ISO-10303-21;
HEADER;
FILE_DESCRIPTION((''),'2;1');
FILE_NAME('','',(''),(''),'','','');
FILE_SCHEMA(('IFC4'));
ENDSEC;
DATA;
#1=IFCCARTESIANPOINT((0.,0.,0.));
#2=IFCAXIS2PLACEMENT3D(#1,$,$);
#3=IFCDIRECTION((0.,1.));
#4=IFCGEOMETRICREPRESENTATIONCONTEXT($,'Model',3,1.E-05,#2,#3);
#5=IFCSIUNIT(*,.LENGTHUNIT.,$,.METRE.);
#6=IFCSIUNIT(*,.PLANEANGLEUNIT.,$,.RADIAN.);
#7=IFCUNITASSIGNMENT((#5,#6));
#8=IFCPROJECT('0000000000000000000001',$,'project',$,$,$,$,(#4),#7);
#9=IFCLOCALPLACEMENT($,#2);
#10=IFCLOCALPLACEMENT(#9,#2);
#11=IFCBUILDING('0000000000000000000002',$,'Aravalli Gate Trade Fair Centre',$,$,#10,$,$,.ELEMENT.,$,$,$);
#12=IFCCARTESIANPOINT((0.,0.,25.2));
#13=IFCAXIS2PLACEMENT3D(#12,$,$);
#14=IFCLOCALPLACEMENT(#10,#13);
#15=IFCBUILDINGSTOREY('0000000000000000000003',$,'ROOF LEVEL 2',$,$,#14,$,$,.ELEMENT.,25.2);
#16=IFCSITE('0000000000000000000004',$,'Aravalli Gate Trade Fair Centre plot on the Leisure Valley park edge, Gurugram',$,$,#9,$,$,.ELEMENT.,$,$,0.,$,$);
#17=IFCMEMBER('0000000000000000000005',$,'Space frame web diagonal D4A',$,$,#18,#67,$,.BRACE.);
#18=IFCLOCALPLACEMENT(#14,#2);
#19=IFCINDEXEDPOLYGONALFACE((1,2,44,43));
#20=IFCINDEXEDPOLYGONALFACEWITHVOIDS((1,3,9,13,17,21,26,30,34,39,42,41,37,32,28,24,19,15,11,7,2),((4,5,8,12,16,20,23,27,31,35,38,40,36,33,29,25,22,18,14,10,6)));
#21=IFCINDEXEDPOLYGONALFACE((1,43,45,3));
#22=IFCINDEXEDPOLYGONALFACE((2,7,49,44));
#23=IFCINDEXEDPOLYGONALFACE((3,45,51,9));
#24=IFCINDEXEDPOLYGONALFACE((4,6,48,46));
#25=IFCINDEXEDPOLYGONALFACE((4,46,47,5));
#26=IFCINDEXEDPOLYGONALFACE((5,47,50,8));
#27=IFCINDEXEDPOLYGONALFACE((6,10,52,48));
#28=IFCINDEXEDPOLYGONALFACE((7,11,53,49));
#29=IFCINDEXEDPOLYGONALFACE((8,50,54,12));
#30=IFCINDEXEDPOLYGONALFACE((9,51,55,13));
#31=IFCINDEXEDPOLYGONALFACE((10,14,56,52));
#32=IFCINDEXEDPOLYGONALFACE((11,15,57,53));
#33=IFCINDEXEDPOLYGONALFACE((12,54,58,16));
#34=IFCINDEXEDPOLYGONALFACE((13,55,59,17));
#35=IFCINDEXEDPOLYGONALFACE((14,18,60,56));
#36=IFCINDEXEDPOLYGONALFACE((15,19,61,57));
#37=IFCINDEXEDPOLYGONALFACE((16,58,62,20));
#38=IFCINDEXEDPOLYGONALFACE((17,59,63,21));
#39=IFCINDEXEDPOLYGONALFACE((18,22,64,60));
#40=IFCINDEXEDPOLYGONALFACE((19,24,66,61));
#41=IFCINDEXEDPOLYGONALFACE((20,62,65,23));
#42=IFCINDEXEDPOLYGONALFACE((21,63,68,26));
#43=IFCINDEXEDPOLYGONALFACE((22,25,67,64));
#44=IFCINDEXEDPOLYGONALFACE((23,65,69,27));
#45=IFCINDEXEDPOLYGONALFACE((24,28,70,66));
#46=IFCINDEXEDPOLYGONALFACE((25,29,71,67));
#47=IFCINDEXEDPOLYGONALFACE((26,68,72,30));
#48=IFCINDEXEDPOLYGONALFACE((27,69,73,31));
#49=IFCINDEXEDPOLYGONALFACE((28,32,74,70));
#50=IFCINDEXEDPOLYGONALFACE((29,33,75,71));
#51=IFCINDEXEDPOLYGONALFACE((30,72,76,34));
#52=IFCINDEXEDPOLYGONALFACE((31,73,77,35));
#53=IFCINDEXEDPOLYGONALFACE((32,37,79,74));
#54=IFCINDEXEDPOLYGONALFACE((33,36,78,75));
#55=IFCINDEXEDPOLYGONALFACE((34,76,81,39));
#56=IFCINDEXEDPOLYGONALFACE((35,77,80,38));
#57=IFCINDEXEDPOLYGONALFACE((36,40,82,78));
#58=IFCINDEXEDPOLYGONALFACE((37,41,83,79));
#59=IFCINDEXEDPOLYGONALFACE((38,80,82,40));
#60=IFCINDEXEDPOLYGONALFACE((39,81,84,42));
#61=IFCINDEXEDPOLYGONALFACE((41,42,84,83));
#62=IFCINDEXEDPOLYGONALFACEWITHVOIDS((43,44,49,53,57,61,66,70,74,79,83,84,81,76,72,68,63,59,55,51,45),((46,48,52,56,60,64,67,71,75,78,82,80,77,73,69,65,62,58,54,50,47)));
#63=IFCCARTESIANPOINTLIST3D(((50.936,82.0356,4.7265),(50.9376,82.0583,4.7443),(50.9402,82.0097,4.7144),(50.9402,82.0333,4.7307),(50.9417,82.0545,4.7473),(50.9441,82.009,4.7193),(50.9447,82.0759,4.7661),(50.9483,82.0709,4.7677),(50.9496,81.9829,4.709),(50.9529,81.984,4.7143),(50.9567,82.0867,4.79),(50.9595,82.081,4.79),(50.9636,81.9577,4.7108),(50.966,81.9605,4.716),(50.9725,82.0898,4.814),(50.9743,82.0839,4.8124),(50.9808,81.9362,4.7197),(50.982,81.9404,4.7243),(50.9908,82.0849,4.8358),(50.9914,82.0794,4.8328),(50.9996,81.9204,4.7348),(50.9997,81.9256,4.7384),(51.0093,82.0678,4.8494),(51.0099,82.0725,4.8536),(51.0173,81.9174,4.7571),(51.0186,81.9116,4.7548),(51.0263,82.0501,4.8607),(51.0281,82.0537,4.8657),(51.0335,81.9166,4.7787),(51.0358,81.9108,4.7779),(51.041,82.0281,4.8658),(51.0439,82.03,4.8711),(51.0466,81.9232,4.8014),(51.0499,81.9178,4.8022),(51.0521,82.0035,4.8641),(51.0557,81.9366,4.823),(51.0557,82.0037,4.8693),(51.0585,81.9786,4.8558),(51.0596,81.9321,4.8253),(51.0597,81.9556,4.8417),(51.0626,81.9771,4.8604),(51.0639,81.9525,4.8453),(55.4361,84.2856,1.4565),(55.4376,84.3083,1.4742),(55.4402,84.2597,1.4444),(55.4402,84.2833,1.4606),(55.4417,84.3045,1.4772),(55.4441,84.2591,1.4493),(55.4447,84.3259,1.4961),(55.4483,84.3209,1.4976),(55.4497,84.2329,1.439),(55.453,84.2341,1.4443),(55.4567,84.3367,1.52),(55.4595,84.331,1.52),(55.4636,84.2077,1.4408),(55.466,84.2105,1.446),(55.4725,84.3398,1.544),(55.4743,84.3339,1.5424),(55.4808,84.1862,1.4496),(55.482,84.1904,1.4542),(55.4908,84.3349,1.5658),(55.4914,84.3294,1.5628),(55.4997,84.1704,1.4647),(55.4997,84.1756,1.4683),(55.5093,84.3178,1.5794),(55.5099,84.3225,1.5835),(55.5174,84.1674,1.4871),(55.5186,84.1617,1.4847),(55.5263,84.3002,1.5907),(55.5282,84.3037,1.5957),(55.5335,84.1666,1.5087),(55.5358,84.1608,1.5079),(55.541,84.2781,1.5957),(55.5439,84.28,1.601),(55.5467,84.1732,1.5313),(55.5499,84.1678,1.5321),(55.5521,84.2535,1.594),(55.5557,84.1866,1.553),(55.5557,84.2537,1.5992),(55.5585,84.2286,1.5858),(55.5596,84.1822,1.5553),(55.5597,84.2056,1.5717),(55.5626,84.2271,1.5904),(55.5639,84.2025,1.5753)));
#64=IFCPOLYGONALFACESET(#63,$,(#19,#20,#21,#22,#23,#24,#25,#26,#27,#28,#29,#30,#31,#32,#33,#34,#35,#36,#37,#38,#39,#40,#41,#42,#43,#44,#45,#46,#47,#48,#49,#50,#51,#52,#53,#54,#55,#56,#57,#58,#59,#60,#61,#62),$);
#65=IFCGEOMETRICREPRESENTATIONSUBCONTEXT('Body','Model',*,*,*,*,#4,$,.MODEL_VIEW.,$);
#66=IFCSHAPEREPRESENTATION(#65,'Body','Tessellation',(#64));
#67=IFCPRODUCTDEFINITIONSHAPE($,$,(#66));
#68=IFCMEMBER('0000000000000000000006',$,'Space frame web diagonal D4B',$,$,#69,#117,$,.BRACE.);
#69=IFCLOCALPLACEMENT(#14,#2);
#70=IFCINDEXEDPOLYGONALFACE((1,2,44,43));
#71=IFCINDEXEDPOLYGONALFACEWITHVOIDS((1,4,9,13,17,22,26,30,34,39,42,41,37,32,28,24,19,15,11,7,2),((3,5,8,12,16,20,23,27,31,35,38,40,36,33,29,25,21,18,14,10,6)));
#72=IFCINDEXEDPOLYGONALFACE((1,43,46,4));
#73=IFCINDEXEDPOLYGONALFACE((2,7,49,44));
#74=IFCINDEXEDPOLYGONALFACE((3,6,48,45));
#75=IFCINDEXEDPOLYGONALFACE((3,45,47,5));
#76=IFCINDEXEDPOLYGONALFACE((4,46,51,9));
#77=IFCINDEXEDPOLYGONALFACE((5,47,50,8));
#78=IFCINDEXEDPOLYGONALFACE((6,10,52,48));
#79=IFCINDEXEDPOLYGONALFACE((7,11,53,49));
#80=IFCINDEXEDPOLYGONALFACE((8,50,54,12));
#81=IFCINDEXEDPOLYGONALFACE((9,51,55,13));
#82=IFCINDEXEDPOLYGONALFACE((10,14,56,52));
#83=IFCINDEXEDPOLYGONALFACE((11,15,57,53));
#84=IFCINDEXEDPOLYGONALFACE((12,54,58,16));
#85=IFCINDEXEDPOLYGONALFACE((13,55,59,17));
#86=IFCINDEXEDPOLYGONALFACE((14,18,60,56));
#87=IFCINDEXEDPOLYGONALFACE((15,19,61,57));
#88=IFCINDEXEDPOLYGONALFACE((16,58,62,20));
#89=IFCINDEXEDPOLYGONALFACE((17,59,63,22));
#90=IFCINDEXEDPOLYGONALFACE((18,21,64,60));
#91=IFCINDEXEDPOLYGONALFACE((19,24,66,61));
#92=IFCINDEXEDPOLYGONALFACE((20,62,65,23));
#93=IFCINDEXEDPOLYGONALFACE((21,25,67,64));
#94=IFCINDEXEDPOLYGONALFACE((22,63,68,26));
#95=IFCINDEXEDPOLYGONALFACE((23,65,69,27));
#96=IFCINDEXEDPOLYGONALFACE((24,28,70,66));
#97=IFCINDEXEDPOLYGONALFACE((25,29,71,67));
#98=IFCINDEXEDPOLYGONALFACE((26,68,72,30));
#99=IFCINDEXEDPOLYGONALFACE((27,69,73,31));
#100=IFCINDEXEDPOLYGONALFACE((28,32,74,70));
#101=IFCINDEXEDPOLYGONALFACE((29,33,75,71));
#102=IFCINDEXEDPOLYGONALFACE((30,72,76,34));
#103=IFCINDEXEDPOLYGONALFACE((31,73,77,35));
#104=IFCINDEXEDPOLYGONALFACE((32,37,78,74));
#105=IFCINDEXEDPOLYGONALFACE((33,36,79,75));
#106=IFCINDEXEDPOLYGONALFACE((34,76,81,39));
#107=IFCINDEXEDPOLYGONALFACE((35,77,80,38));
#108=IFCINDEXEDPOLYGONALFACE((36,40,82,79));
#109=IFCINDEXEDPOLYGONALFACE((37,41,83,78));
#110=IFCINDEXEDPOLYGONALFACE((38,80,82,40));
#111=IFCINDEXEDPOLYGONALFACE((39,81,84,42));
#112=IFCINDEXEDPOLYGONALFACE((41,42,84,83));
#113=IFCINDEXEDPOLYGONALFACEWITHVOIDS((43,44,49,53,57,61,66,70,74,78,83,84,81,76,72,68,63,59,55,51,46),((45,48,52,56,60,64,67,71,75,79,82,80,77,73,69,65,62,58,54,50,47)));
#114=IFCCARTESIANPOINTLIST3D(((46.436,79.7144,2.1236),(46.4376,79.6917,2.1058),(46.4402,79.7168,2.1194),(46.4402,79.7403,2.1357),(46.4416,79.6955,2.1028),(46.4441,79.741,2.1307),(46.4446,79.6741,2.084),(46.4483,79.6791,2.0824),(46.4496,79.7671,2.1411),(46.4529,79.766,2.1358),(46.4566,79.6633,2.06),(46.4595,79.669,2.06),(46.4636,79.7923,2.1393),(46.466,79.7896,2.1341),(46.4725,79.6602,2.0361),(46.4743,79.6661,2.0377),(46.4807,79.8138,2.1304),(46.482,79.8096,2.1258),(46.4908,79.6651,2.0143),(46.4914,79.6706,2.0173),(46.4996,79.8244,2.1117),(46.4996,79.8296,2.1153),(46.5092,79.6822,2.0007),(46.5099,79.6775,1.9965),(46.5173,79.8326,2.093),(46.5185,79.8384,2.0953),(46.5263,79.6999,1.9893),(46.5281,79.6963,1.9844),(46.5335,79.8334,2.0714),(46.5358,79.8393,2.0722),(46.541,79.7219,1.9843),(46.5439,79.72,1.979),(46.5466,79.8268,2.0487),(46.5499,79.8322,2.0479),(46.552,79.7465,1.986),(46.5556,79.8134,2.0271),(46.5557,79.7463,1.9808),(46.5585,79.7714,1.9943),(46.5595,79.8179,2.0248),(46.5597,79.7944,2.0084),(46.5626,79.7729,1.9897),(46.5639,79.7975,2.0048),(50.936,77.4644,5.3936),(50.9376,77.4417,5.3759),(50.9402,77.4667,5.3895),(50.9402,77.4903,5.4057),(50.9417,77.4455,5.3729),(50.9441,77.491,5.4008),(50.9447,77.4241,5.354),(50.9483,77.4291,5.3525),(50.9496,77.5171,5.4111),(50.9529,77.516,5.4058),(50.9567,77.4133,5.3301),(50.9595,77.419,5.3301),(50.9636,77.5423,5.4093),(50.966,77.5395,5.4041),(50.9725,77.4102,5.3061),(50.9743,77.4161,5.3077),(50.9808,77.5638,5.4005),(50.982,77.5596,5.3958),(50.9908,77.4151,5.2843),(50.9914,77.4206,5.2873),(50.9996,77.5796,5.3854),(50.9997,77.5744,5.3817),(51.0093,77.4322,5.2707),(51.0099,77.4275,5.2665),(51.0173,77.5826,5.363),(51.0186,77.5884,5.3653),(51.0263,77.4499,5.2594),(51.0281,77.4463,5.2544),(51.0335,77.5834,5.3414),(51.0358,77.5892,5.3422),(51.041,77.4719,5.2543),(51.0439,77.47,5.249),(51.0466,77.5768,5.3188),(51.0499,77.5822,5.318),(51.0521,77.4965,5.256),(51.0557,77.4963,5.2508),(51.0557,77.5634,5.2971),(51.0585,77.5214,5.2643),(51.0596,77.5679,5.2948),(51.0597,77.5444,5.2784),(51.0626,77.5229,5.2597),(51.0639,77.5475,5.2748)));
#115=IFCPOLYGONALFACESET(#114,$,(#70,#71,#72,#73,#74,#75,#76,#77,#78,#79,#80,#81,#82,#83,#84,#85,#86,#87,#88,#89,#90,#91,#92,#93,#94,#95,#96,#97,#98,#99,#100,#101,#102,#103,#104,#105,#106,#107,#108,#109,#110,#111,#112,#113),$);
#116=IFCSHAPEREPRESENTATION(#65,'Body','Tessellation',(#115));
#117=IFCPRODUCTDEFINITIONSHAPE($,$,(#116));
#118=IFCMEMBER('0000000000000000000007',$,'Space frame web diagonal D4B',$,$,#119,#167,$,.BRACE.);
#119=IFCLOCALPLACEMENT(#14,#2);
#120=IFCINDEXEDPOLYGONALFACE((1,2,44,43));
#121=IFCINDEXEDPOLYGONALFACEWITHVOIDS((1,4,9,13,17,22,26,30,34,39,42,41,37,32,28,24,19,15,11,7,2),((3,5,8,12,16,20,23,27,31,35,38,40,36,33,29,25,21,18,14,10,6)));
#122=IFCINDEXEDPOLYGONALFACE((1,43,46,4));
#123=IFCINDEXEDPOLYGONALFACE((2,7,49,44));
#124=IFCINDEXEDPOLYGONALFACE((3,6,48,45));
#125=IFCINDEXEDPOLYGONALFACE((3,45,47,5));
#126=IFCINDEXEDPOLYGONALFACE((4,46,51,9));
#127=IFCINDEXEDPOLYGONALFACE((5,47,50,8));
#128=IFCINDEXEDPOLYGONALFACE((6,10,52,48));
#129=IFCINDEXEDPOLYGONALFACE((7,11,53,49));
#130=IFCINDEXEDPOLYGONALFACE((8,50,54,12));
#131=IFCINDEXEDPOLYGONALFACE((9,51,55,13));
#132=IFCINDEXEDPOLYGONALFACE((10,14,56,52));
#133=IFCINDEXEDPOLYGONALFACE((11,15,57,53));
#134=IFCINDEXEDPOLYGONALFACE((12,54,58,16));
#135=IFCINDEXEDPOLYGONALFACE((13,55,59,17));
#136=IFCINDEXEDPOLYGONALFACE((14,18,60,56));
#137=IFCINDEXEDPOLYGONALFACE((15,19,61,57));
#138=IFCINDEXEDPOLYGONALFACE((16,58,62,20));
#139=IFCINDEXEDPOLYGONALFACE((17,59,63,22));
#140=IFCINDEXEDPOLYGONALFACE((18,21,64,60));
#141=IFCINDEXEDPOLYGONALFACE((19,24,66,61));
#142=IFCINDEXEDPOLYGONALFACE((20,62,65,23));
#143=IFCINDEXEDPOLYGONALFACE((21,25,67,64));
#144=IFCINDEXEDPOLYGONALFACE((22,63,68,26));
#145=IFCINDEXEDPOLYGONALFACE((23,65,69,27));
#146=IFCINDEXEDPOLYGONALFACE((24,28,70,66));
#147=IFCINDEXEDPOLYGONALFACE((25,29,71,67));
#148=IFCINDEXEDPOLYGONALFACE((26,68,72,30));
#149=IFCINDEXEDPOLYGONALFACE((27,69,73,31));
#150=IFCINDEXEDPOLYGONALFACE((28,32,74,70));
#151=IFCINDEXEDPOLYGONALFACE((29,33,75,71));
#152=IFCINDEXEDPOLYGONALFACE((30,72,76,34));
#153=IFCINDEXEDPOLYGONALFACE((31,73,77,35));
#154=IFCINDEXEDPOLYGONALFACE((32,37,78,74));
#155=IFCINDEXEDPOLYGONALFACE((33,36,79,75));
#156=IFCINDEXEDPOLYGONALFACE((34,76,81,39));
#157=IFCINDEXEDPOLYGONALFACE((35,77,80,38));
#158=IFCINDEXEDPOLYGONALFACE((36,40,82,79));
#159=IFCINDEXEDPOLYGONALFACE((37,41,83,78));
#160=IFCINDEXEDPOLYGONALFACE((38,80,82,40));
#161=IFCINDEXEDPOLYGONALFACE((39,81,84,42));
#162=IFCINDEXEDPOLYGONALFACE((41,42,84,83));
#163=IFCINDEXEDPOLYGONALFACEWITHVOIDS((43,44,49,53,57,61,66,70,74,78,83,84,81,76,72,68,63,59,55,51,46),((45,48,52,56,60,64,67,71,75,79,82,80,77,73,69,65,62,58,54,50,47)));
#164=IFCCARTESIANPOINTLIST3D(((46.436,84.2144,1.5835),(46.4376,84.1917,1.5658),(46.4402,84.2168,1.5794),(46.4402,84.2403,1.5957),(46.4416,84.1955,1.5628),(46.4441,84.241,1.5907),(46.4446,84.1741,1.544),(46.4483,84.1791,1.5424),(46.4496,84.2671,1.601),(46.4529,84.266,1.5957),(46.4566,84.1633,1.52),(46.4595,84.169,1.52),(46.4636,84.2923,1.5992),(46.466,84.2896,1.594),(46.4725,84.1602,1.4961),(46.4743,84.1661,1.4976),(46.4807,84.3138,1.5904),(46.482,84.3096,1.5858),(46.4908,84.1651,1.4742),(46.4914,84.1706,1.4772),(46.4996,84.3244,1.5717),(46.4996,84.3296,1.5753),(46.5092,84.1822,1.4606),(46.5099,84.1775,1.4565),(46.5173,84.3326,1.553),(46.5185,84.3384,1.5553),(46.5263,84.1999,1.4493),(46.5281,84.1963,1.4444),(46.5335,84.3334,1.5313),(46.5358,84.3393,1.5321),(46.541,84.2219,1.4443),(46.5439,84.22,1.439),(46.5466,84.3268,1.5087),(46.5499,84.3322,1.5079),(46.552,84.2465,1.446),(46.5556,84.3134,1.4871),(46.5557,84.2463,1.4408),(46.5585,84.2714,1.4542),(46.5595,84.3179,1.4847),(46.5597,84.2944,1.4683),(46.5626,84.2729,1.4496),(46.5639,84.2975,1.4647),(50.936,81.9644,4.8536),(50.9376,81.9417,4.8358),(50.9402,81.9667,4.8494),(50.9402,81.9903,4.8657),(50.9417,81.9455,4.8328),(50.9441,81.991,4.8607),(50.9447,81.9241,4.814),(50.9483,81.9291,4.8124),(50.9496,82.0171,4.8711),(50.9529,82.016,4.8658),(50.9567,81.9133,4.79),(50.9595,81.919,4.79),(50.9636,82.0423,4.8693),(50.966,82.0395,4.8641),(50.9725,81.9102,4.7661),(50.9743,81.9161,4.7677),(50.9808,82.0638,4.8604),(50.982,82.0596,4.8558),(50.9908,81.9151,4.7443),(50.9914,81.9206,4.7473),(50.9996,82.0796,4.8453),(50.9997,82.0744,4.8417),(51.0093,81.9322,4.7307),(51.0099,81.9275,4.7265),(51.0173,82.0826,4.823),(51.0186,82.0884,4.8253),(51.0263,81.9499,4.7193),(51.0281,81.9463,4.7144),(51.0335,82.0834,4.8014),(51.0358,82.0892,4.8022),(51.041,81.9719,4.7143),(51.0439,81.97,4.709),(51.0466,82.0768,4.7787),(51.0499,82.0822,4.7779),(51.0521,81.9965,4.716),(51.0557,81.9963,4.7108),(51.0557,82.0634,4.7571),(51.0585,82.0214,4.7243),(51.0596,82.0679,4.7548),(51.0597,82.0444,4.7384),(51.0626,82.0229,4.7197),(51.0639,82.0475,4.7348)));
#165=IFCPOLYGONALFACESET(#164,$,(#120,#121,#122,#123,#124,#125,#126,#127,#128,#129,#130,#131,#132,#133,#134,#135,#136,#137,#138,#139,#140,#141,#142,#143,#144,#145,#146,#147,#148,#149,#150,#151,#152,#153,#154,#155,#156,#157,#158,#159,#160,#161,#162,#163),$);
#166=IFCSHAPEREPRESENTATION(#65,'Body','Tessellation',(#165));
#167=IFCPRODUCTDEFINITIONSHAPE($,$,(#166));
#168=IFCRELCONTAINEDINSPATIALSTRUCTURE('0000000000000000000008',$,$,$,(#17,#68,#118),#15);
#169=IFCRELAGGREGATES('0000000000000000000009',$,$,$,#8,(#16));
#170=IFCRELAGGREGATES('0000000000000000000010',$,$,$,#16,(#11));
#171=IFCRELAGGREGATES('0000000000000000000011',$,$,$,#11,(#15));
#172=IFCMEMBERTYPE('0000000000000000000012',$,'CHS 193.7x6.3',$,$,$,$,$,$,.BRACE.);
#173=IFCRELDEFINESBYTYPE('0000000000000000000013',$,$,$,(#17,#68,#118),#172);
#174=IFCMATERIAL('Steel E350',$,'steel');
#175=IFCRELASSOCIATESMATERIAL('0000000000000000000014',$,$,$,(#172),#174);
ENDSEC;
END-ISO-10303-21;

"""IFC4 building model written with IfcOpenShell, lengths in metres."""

from ifc_helpers import new_model, si_unit, direction, frame, origin, origin_2d, place, context, subcontext, project, spatial, hollow_circle, extrude, material, material_profile, profile_set, type_object, element, save


model = new_model("IFC4")

# Units and contexts
model_context = context("Model", 3, precision=1e-05, world=origin(), true_north=direction((0.0, 1.0)))
body_context = subcontext(model_context, "Body", "Model", "MODEL_VIEW")
ifc_project = project(units=[si_unit("LENGTHUNIT", "METRE"), si_unit("PLANEANGLEUNIT", "RADIAN")], contexts=[model_context])

# Site, building, storey
site_placement = place(None, origin())
site = spatial("IfcSite", under=ifc_project, at=site_placement, Name="Aravalli Gate Trade Fair Centre plot on the Leisure Valley park edge, Gurugram", CompositionType="ELEMENT", RefElevation=0.0)
building_placement = place(site_placement, origin())
building = spatial("IfcBuilding", under=site, at=building_placement, Name="Aravalli Gate Trade Fair Centre", CompositionType="ELEMENT")
storey_placement = place(building_placement, frame((0.0, 0.0, 25.2)))
storey = spatial("IfcBuildingStorey", under=building, at=storey_placement, Name="ROOF LEVEL 2", CompositionType="ELEMENT", Elevation=25.2)

# Members
ifc_material_1 = material(Name="Steel E350", Category="steel")
ifc_material_profile_1 = material_profile(ifc_material_1, hollow_circle(Radius=0.0969, WallThickness=0.0063, at=origin_2d()), Name="CHS 193.7x6.3")
ifc_profile_set_1 = profile_set([ifc_material_profile_1], Name="Steel E350")
member_type_1 = type_object("IfcMemberType", Name="CHS 193.7x6.3", PredefinedType="BRACE", material=ifc_profile_set_1)
for number, where, z_axis, x_axis, name in (
    (1, (51.0, 82.0, 4.79), (0.749942, 0.374971, -0.544961), (-0.447214, 0.894427, 0.0), "Space frame web diagonal D4A"),
    (2, (51.0, 77.5, 5.3301), (-0.749942, 0.374971, -0.544961), (-0.447214, -0.894427, 0.0), "Space frame web diagonal D4B"),
    (3, (51.0, 82.0, 4.79), (-0.749942, 0.374971, -0.544961), (-0.447214, -0.894427, 0.0), "Space frame web diagonal D4B"),
):
    element("IfcMember", number, at=place(storey_placement, frame(where, z_axis=z_axis, x_axis=x_axis)), inside=storey, type_object=member_type_1, Name=name, PredefinedType="BRACE", context=body_context, shape_type="SweptSolid", body=[
        extrude(hollow_circle(Radius=0.0969, WallThickness=0.0063, at=origin_2d()), origin(), (0.0, 0.0, 1.0), 6.0005),
    ])

save(model, "model.ifc")
